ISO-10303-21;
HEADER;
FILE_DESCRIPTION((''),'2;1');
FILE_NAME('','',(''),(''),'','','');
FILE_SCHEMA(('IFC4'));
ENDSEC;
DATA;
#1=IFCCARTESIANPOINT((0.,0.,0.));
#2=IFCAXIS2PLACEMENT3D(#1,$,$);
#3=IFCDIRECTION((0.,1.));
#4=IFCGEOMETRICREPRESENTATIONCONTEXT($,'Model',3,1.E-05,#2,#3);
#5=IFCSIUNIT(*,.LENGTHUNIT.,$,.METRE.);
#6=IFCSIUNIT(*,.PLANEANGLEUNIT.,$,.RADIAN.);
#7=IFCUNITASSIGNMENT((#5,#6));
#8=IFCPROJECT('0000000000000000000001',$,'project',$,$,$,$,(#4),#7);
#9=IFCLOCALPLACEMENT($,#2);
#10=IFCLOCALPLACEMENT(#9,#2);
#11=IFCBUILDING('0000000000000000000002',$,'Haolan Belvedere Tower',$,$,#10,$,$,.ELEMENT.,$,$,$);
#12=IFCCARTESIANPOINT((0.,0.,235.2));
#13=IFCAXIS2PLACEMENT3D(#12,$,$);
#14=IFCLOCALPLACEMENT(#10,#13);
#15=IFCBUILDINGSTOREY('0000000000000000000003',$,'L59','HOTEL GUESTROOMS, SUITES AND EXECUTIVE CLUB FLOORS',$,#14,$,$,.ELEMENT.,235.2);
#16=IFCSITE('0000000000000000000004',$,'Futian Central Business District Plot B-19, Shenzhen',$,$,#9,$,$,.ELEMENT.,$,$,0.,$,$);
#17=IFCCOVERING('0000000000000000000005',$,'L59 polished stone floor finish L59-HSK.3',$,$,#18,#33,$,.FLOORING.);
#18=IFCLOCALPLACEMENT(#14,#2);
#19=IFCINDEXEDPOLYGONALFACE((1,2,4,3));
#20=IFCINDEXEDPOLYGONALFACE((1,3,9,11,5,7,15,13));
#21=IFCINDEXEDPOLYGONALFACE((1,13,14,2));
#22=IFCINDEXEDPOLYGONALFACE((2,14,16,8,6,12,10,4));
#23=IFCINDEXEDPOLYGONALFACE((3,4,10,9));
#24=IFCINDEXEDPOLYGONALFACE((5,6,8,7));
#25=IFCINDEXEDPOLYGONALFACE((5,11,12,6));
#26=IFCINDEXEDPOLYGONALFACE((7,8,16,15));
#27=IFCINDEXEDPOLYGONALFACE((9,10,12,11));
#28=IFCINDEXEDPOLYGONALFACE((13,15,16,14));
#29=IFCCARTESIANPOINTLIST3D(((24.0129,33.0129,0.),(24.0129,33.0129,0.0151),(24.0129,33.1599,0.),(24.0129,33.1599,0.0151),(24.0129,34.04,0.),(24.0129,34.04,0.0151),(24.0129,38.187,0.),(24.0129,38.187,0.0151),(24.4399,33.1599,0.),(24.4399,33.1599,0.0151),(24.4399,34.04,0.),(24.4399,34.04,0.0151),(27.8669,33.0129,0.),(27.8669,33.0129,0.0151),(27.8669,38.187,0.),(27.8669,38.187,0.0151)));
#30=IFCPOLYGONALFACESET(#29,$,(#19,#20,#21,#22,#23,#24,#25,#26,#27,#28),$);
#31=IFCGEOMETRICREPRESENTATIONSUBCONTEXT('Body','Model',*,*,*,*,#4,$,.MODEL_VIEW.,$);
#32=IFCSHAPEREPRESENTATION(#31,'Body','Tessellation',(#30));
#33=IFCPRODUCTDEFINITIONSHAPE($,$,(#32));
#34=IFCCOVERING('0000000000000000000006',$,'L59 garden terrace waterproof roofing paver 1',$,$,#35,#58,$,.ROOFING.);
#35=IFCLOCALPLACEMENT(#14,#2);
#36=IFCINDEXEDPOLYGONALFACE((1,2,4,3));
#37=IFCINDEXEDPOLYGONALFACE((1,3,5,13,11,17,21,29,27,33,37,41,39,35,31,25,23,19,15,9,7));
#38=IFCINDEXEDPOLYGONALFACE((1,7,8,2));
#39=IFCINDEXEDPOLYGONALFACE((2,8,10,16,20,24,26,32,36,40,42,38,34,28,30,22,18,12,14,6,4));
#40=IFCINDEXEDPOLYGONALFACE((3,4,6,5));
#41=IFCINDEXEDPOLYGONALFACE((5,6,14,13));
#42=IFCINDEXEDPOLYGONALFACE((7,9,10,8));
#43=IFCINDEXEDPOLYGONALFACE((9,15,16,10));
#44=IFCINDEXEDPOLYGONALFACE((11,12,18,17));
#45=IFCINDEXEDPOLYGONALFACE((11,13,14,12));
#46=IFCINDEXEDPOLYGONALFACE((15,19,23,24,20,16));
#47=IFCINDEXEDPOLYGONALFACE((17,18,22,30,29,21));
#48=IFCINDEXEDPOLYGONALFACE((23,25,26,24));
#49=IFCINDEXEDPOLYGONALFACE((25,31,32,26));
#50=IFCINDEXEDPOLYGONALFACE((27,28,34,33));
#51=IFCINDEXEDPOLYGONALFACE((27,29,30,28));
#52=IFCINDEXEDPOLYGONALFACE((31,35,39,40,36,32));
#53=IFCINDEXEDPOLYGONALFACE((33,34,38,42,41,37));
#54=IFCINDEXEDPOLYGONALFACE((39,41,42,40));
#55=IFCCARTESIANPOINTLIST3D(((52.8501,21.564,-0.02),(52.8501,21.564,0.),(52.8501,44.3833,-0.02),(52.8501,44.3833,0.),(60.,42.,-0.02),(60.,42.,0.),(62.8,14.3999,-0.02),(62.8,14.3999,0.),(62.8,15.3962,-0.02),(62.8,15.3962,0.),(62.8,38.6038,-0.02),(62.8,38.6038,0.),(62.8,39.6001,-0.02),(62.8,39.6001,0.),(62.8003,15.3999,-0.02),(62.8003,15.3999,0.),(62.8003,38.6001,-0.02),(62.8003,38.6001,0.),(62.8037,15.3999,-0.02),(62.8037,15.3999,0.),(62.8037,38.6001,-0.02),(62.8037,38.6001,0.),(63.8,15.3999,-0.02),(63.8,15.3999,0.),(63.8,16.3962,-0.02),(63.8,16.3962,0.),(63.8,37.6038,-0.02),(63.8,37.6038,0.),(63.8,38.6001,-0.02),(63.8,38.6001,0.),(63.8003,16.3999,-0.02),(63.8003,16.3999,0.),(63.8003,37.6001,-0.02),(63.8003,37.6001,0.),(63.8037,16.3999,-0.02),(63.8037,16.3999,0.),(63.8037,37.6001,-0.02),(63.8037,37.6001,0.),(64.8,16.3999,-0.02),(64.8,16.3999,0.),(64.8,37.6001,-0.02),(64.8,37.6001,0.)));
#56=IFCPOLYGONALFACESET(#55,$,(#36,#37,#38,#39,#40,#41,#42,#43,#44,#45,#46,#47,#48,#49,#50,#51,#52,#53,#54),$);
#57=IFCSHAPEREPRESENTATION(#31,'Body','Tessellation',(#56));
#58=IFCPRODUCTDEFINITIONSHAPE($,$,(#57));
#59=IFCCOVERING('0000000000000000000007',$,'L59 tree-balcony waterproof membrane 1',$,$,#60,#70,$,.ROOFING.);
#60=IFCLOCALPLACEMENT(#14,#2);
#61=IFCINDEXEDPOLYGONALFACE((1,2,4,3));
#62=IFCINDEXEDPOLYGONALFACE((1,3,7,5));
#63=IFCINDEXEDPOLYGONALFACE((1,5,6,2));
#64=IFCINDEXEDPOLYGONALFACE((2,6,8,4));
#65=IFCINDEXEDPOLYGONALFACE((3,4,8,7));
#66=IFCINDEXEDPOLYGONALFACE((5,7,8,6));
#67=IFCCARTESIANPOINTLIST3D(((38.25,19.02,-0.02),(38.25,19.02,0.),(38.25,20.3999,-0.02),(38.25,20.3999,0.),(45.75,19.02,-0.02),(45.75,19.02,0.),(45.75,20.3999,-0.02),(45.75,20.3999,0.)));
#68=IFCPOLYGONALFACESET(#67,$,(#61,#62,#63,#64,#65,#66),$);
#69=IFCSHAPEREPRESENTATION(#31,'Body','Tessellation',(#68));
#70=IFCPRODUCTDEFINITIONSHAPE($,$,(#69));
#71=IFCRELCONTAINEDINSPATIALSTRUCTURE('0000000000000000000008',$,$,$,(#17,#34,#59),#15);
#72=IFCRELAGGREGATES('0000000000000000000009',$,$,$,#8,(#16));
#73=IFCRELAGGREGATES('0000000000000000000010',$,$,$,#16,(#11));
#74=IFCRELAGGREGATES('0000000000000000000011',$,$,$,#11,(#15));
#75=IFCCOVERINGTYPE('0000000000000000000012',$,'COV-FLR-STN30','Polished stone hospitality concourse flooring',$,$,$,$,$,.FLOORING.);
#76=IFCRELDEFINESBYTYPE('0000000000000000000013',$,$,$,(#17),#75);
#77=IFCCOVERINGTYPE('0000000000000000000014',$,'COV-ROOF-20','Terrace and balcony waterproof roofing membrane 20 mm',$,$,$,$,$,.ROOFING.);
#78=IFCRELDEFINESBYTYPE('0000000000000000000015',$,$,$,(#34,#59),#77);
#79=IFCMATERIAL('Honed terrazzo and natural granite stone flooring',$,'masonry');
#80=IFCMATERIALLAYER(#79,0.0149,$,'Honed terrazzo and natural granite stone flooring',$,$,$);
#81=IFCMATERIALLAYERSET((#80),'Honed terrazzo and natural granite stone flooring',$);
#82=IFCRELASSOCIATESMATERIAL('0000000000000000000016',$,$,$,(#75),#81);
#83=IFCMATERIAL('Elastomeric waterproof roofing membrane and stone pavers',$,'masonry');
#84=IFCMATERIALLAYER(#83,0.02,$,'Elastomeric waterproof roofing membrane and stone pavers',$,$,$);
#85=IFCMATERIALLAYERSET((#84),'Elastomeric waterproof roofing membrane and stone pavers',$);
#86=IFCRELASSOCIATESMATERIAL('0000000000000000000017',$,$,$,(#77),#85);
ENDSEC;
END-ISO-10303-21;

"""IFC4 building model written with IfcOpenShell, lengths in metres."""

from ifc_helpers import new_model, si_unit, direction, frame, origin, place, context, subcontext, project, spatial, polyline, outline, extrude, material, layer, layer_set, type_object, element, save


model = new_model("IFC4")

# Units and contexts
model_context = context("Model", 3, precision=1e-05, world=origin(), true_north=direction((0.0, 1.0)))
body_context = subcontext(model_context, "Body", "Model", "MODEL_VIEW")
ifc_project = project(units=[si_unit("LENGTHUNIT", "METRE"), si_unit("PLANEANGLEUNIT", "RADIAN")], contexts=[model_context])

# Site, building, storey
site_placement = place(None, origin())
site = spatial("IfcSite", under=ifc_project, at=site_placement, Name="Futian Central Business District Plot B-19, Shenzhen", CompositionType="ELEMENT", RefElevation=0.0)
building_placement = place(site_placement, origin())
building = spatial("IfcBuilding", under=site, at=building_placement, Name="Haolan Belvedere Tower", CompositionType="ELEMENT")
storey_placement = place(building_placement, frame((0.0, 0.0, 235.2)))
storey = spatial("IfcBuildingStorey", under=building, at=storey_placement, Name="L59", Description="HOTEL GUESTROOMS, SUITES AND EXECUTIVE CLUB FLOORS", CompositionType="ELEMENT", Elevation=235.2)

# Coverings
ifc_material_1 = material(Name="Honed terrazzo and natural granite stone flooring", Category="masonry")
ifc_layer_1 = layer(ifc_material_1, 0.0149, Name="Honed terrazzo and natural granite stone flooring")
ifc_layer_set_1 = layer_set([ifc_layer_1], Name="Honed terrazzo and natural granite stone flooring")
covering_type_1 = type_object("IfcCoveringType", Name="COV-FLR-STN30", Description="Polished stone hospitality concourse flooring", PredefinedType="FLOORING", material=ifc_layer_set_1)
covering_1_placement = place(storey_placement, origin())
element("IfcCovering", 1, at=covering_1_placement, inside=storey, type_object=covering_type_1, Name="L59 polished stone floor finish L59-HSK.3", PredefinedType="FLOORING", context=body_context, shape_type="SweptSolid", body=[
    extrude(outline(polyline([(27.8669, 38.187), (24.0129, 38.187), (24.0129, 34.04), (24.4399, 34.04), (24.4399, 33.1599), (24.0129, 33.1599), (24.0129, 33.0129), (27.8669, 33.0129), (27.8669, 38.187)])), origin(), (0.0, 0.0, 1.0), 0.0151),
])
ifc_material_2 = material(Name="Elastomeric waterproof roofing membrane and stone pavers", Category="masonry")
ifc_layer_2 = layer(ifc_material_2, 0.02, Name="Elastomeric waterproof roofing membrane and stone pavers")
ifc_layer_set_2 = layer_set([ifc_layer_2], Name="Elastomeric waterproof roofing membrane and stone pavers")
covering_type_2 = type_object("IfcCoveringType", Name="COV-ROOF-20", Description="Terrace and balcony waterproof roofing membrane 20 mm", PredefinedType="ROOFING", material=ifc_layer_set_2)
covering_2_placement = place(storey_placement, frame((0.0, 0.0, -0.02)))
element("IfcCovering", 2, at=covering_2_placement, inside=storey, type_object=covering_type_2, Name="L59 garden terrace waterproof roofing paver 1", PredefinedType="ROOFING", context=body_context, shape_type="SweptSolid", body=[
    extrude(outline(polyline([(62.8, 14.3999), (62.8, 15.3962), (62.8003, 15.3999), (62.8037, 15.3999), (63.8, 15.3999), (63.8, 16.3962), (63.8003, 16.3999), (63.8037, 16.3999), (64.8, 16.3999), (64.8, 37.6001), (63.8037, 37.6001), (63.8003, 37.6001), (63.8, 37.6038), (63.8, 38.6001), (62.8037, 38.6001), (62.8003, 38.6001), (62.8, 38.6038), (62.8, 39.6001), (60.0, 42.0), (52.8501, 44.3833), (52.8501, 21.564), (62.8, 14.3999)])), origin(), (0.0, 0.0, 1.0), 0.02),
])
covering_3_placement = place(storey_placement, frame((0.0, 0.0, -0.02)))
element("IfcCovering", 3, at=covering_3_placement, inside=storey, type_object=covering_type_2, Name="L59 tree-balcony waterproof membrane 1", PredefinedType="ROOFING", context=body_context, shape_type="SweptSolid", body=[
    extrude(outline(polyline([(38.25, 19.02), (45.75, 19.02), (45.75, 20.3999), (38.25, 20.3999), (38.25, 19.02)])), origin(), (0.0, 0.0, 1.0), 0.02),
])

save(model, "model.ifc")
